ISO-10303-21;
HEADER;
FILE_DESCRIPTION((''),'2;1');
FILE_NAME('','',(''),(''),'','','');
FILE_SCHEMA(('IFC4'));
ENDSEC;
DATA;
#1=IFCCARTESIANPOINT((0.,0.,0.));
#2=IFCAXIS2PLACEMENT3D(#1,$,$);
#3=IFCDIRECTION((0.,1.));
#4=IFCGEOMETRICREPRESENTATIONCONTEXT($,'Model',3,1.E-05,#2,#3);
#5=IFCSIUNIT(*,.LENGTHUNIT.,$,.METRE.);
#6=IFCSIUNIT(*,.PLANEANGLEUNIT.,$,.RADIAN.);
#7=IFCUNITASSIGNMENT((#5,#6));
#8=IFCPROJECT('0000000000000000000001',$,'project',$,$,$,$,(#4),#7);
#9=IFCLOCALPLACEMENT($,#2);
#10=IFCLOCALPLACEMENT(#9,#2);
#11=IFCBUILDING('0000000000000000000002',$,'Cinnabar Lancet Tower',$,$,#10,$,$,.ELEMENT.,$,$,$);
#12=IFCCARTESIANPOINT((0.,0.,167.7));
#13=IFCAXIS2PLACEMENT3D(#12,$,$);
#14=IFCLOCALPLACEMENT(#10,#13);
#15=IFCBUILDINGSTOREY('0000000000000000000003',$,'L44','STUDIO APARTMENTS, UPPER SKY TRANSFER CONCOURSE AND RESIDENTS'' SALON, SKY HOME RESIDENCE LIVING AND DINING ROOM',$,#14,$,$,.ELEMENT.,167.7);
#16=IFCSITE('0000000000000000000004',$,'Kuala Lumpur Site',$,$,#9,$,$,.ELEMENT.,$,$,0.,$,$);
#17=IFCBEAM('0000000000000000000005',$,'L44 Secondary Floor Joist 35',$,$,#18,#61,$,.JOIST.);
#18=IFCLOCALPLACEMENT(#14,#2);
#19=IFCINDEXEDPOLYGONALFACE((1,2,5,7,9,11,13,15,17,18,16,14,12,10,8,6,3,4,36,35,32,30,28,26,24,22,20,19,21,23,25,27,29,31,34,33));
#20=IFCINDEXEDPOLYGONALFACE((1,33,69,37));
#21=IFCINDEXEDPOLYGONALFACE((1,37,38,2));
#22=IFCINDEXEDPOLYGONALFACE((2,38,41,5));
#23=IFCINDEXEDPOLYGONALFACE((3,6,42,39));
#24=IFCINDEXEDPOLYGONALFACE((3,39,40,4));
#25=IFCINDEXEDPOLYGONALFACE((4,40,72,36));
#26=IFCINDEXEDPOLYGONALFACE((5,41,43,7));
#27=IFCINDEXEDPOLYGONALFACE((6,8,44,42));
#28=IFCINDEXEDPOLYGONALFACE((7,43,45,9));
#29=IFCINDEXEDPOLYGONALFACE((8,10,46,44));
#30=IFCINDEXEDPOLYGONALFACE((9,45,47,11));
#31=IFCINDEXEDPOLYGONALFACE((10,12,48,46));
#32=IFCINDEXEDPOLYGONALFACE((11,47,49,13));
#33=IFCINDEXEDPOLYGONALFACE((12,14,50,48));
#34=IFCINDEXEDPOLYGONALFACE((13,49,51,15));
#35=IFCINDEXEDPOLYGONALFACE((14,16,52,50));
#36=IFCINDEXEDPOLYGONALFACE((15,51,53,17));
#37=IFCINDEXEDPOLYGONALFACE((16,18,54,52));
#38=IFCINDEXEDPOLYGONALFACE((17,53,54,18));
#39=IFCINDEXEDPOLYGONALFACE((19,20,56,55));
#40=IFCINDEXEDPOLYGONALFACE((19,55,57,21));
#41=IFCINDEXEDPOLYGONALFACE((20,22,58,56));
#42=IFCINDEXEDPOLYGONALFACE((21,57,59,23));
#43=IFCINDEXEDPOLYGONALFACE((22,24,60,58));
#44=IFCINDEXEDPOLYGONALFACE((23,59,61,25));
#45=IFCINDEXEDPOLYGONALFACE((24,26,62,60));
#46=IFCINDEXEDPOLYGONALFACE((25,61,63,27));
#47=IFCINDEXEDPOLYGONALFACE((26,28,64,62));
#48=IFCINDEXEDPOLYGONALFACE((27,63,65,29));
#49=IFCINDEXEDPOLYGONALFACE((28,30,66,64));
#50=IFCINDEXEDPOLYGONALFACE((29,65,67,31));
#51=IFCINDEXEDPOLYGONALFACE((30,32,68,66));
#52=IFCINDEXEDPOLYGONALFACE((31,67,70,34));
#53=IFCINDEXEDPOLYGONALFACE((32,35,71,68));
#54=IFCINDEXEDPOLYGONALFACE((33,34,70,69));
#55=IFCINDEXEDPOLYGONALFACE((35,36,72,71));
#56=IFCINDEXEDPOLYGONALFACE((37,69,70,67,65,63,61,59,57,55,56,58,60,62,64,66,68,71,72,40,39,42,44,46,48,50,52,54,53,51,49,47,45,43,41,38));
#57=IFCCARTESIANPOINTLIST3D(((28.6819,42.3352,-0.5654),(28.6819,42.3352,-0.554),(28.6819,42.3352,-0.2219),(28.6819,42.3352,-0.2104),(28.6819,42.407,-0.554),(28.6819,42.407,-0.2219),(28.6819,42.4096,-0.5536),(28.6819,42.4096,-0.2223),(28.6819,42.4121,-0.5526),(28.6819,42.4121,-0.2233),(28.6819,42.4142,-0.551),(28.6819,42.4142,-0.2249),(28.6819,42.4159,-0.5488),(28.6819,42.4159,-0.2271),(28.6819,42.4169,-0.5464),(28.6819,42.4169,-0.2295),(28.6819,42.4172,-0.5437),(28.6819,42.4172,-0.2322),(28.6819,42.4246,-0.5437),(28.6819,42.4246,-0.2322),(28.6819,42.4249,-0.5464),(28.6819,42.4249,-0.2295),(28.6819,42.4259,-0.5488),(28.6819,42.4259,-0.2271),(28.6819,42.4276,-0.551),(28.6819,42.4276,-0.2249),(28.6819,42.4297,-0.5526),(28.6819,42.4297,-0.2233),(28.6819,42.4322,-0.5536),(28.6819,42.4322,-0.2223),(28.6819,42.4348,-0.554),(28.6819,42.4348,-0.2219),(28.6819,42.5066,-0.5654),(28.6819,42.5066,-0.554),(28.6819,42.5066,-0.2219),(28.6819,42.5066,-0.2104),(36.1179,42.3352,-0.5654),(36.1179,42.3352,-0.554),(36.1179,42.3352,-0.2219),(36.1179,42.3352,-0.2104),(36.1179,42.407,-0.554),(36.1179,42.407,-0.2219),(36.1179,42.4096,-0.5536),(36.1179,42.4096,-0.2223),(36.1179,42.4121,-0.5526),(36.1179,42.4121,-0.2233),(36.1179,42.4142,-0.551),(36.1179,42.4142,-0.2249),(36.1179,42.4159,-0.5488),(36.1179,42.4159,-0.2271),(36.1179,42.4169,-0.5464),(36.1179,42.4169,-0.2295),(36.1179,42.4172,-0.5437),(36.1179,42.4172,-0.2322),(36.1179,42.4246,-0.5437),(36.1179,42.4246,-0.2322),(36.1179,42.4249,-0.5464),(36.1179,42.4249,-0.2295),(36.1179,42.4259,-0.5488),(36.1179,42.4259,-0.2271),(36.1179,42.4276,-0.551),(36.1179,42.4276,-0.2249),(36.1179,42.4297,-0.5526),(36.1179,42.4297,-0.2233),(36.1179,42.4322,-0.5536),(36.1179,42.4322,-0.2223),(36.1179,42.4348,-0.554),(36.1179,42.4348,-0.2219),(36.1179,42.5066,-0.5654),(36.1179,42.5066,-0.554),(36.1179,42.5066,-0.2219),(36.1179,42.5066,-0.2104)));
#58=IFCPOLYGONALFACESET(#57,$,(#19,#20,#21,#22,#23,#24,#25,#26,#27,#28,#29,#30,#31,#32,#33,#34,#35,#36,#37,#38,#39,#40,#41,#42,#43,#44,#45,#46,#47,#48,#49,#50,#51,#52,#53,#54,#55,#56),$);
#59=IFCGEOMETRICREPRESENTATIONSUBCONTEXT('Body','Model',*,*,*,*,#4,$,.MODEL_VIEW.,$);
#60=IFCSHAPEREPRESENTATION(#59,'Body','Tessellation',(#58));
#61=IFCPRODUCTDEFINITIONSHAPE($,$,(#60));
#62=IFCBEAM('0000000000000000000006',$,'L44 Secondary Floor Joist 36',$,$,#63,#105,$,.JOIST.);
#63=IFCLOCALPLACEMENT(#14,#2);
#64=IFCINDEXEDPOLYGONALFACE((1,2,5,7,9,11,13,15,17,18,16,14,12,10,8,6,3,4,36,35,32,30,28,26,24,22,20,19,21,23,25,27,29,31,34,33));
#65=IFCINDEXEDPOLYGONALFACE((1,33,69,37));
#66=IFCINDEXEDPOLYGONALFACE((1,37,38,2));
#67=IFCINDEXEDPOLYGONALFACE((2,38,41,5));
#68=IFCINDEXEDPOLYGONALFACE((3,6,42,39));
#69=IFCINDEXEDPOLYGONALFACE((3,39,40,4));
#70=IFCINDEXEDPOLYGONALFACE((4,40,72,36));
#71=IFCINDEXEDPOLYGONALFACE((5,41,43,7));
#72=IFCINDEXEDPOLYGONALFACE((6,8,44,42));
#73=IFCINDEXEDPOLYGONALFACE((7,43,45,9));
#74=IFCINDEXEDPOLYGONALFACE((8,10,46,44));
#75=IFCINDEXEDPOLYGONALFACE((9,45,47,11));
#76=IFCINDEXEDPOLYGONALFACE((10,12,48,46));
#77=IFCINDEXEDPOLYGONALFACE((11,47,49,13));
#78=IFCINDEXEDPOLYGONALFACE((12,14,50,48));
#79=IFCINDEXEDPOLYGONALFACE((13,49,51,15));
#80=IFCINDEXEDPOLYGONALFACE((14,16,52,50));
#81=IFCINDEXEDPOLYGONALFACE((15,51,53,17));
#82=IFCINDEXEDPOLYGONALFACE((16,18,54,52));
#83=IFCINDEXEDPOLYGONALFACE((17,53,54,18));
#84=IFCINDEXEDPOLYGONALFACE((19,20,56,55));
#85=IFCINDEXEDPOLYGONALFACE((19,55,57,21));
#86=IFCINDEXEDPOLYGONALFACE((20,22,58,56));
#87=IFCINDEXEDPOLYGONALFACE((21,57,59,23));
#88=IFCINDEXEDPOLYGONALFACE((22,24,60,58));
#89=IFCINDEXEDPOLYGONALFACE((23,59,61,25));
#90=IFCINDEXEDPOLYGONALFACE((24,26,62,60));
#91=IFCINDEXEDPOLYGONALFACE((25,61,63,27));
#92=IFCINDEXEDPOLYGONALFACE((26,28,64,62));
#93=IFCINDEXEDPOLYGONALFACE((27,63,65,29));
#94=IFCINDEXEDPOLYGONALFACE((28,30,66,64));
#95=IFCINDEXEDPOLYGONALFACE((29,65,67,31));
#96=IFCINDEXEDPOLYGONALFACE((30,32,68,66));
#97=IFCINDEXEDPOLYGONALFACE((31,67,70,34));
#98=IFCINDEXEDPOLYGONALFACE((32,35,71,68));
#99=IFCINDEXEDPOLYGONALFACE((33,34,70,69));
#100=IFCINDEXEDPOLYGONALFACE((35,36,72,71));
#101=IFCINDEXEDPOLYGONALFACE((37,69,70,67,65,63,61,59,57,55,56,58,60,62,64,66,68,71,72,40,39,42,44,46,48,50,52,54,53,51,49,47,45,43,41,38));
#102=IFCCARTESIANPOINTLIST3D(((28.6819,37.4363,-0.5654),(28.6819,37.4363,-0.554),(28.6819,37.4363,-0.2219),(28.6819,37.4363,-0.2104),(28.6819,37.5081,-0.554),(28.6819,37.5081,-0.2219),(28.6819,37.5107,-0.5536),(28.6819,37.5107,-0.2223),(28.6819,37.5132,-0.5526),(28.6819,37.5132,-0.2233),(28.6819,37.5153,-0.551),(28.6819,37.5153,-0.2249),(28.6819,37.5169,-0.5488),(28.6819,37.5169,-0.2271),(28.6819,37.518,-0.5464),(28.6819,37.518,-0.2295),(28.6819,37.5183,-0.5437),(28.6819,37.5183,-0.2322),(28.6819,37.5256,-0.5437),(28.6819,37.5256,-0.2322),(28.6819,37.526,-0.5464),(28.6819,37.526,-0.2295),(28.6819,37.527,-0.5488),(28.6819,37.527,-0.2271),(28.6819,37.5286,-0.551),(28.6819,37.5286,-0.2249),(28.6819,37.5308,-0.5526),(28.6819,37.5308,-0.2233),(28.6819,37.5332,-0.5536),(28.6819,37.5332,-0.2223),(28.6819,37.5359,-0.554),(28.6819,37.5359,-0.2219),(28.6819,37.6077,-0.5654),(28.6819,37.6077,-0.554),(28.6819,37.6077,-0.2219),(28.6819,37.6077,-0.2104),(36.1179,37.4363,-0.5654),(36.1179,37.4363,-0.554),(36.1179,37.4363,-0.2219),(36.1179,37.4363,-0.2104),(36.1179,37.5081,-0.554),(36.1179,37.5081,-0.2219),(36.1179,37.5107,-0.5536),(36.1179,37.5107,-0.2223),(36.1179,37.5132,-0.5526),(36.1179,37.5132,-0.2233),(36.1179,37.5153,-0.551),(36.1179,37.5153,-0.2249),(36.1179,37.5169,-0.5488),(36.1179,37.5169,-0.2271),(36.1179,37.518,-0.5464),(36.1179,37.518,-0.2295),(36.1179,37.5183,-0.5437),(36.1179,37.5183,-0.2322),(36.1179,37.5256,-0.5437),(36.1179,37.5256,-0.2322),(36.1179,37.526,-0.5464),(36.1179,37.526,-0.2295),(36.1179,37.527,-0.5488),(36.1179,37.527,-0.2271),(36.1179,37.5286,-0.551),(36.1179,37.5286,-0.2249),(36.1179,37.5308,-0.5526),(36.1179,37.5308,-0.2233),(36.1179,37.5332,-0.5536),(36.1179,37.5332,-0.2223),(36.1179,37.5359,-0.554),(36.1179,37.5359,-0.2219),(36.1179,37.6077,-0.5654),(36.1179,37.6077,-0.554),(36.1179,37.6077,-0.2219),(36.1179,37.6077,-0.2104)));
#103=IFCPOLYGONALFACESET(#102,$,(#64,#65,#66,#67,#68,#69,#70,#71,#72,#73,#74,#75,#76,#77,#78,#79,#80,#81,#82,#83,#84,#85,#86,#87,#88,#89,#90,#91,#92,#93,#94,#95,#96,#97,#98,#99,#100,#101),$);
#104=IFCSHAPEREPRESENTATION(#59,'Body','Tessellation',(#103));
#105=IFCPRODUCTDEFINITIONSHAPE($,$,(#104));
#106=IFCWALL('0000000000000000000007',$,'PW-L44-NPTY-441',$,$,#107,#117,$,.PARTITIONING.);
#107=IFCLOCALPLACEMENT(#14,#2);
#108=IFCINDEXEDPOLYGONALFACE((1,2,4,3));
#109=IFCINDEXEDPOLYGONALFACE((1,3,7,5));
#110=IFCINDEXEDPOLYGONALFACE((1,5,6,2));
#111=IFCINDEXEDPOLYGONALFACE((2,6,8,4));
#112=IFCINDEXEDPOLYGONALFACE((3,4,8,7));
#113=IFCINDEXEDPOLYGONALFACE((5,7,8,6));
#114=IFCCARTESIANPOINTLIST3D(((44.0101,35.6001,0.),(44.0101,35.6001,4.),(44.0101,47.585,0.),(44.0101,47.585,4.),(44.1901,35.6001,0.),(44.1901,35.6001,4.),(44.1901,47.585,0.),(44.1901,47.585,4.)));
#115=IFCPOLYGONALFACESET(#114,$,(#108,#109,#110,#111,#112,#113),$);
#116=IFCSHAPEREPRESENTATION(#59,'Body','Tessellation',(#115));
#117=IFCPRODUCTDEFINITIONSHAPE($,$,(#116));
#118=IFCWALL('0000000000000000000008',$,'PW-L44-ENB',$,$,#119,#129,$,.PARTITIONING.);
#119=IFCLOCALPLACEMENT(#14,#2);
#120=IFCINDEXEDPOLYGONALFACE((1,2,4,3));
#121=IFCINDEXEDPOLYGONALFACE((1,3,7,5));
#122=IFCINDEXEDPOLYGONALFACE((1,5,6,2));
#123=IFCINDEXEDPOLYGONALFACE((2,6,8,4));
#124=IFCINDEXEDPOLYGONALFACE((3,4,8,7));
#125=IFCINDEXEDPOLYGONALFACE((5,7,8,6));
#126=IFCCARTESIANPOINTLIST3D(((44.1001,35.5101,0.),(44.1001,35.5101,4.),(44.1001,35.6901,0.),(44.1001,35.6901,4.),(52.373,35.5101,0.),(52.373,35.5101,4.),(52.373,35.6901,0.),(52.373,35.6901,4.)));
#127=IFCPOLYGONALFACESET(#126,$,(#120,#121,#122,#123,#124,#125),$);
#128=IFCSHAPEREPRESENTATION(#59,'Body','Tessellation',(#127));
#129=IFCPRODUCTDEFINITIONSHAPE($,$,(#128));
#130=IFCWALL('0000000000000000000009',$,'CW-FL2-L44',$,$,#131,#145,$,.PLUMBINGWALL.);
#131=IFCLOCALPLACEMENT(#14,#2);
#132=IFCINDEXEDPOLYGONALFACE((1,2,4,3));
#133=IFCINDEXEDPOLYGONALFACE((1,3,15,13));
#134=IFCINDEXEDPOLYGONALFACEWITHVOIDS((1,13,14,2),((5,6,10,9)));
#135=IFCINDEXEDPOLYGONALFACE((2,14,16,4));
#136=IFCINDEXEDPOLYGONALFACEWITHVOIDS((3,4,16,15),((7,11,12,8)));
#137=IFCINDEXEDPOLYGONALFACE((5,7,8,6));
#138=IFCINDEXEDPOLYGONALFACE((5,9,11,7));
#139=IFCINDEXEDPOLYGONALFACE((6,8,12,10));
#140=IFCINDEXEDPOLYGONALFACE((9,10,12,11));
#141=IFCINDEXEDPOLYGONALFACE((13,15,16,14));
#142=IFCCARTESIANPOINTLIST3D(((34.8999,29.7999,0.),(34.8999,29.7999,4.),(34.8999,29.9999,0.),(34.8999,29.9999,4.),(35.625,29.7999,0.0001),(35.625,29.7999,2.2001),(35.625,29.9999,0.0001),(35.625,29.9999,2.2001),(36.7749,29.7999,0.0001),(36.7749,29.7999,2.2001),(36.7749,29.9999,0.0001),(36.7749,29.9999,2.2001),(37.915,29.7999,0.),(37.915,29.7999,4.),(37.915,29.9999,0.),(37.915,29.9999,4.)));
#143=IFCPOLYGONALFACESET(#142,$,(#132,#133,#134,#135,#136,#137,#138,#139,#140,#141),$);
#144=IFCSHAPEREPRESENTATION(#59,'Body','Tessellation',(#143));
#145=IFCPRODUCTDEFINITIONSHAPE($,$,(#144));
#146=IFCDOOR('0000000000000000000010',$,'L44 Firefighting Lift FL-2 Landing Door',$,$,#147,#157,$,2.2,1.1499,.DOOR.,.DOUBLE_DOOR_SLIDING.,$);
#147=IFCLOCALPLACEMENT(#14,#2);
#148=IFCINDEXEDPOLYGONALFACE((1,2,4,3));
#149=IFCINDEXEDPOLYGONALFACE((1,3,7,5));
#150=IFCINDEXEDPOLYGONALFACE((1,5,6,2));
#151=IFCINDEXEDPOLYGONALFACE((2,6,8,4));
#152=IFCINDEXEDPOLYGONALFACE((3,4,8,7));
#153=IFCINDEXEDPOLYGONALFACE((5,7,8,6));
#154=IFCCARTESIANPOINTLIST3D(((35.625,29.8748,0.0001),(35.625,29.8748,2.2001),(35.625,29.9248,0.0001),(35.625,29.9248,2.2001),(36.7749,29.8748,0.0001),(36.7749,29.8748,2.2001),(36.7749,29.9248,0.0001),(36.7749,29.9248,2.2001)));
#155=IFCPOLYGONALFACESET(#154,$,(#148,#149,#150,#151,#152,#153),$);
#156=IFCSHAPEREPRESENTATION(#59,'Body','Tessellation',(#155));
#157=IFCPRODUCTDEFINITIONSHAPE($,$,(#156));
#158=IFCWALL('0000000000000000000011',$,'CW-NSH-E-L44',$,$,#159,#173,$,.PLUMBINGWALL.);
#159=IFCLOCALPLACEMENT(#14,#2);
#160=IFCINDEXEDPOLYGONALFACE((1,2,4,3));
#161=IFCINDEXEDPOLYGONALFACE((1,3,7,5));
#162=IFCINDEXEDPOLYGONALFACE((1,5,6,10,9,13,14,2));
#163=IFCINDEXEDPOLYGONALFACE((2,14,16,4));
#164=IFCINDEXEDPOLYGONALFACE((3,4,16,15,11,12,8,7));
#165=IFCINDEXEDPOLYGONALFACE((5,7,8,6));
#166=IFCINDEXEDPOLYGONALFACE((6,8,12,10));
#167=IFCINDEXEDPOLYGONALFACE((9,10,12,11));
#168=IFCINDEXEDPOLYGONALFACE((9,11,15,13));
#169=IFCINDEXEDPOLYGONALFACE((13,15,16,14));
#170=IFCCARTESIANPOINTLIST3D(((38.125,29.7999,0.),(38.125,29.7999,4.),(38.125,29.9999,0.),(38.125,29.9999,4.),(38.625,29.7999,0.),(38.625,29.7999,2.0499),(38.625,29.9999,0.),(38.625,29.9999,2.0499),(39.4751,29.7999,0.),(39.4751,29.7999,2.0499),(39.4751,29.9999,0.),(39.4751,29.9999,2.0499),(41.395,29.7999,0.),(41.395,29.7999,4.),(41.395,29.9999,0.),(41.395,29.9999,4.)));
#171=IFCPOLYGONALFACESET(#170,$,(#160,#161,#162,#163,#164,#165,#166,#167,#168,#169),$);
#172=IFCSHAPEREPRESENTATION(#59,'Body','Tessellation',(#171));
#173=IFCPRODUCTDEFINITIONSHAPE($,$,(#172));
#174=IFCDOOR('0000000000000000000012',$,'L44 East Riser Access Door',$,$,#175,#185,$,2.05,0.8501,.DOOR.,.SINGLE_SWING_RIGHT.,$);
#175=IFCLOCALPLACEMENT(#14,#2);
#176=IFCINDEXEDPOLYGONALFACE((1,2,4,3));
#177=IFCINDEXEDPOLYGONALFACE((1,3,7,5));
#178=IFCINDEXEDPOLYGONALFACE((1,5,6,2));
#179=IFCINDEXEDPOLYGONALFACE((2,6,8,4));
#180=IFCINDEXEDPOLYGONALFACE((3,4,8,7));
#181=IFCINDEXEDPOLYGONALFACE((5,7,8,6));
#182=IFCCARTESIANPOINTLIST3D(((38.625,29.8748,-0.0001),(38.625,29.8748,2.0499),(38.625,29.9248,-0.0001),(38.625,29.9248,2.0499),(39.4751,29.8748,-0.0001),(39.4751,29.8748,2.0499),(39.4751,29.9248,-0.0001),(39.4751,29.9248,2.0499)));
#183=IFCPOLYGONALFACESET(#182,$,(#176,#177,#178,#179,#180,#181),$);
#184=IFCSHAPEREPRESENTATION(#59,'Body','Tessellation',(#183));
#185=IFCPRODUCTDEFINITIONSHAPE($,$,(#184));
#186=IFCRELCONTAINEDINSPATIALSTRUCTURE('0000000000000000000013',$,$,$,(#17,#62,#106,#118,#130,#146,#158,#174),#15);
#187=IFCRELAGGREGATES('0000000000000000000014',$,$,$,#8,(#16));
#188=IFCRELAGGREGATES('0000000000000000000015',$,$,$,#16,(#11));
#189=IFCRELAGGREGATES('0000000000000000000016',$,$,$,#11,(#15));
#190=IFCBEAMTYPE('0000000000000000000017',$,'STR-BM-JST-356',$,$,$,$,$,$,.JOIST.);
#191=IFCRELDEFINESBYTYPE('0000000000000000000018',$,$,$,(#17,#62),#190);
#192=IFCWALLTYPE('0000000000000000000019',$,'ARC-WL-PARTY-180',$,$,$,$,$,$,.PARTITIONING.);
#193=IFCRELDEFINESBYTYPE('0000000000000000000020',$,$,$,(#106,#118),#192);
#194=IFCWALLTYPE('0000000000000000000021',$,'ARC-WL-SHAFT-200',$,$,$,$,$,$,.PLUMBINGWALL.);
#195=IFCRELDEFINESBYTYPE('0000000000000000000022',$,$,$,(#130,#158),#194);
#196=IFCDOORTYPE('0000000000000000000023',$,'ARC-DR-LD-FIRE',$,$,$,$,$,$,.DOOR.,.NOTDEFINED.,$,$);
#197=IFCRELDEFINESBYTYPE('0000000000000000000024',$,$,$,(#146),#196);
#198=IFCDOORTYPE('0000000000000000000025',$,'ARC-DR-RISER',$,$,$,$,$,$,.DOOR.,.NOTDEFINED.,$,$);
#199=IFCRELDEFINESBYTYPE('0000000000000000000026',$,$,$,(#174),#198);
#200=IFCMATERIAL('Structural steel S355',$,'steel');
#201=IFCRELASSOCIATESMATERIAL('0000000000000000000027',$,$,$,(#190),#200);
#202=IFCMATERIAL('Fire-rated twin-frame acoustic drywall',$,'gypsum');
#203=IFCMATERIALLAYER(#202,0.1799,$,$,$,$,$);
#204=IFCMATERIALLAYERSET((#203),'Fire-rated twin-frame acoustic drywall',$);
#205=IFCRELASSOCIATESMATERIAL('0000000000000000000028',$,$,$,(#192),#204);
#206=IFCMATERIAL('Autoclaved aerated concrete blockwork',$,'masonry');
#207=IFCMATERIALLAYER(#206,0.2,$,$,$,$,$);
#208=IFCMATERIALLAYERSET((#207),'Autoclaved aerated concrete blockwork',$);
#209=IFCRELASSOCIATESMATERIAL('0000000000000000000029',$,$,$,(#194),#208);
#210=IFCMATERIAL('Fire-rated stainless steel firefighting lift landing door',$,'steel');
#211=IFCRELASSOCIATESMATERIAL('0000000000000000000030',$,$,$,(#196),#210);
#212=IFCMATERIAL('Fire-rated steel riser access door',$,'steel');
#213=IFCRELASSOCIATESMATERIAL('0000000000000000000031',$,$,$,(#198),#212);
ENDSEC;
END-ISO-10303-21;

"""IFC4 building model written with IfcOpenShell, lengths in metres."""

from ifc_helpers import new_model, si_unit, direction, frame, frame_2d, origin, origin_2d, place, context, subcontext, project, spatial, rectangle, i_section, extrude, material, layer, layer_set, material_profile, profile_set, type_object, element, fill, save


model = new_model("IFC4")

# Units and contexts
model_context = context("Model", 3, precision=1e-05, world=origin(), true_north=direction((0.0, 1.0)))
body_context = subcontext(model_context, "Body", "Model", "MODEL_VIEW")
ifc_project = project(units=[si_unit("LENGTHUNIT", "METRE"), si_unit("PLANEANGLEUNIT", "RADIAN")], contexts=[model_context])

# Site, building, storey
site_placement = place(None, origin())
site = spatial("IfcSite", under=ifc_project, at=site_placement, Name="Kuala Lumpur Site", CompositionType="ELEMENT", RefElevation=0.0)
building_placement = place(site_placement, origin())
building = spatial("IfcBuilding", under=site, at=building_placement, Name="Cinnabar Lancet Tower", CompositionType="ELEMENT")
storey_placement = place(building_placement, frame((0.0, 0.0, 167.7)))
storey = spatial("IfcBuildingStorey", under=building, at=storey_placement, Name="L44", Description="STUDIO APARTMENTS, UPPER SKY TRANSFER CONCOURSE AND RESIDENTS' SALON, SKY HOME RESIDENCE LIVING AND DINING ROOM", CompositionType="ELEMENT", Elevation=167.7)

# Beams
ifc_material_1 = material(Name="Structural steel S355", Category="steel")
ifc_material_profile_1 = material_profile(ifc_material_1, i_section(OverallWidth=0.1714, OverallDepth=0.355, WebThickness=0.0073, FlangeThickness=0.0115, FilletRadius=0.0103, at=origin_2d()), Name="UKB 356x171x51")
ifc_profile_set_1 = profile_set([ifc_material_profile_1], Name="Structural steel S355")
beam_type_1 = type_object("IfcBeamType", Name="STR-BM-JST-356", PredefinedType="JOIST", material=ifc_profile_set_1)
for number, where, z_axis, x_axis, name in (
    (1, (36.1179, 42.4209, -0.3879), (-1.0, 0.0, 0.0), (0.0, -1.0, 0.0), "L44 Secondary Floor Joist 35"),
    (2, (36.1179, 37.522, -0.3879), (-1.0, 0.0, 0.0), (0.0, -1.0, 0.0), "L44 Secondary Floor Joist 36"),
):
    element("IfcBeam", number, at=place(storey_placement, frame(where, z_axis=z_axis, x_axis=x_axis)), inside=storey, type_object=beam_type_1, Name=name, PredefinedType="JOIST", context=body_context, shape_type="SweptSolid", body=[
        extrude(i_section(OverallWidth=0.1714, OverallDepth=0.355, WebThickness=0.0073, FlangeThickness=0.0115, FilletRadius=0.0103, at=origin_2d()), origin(), (0.0, 0.0, 1.0), 7.436),
    ])

# Walls
ifc_material_2 = material(Name="Fire-rated twin-frame acoustic drywall", Category="gypsum")
ifc_layer_1 = layer(ifc_material_2, 0.1799)
ifc_layer_set_1 = layer_set([ifc_layer_1], Name="Fire-rated twin-frame acoustic drywall")
wall_type_1 = type_object("IfcWallType", Name="ARC-WL-PARTY-180", PredefinedType="PARTITIONING", material=ifc_layer_set_1)
wall_1_placement = place(storey_placement, frame((44.1001, 35.6001, 0.0), z_axis=(0.0, 0.0, 1.0), x_axis=(0.0, 1.0, 0.0)))
element("IfcWall", 3, at=wall_1_placement, inside=storey, type_object=wall_type_1, Name="PW-L44-NPTY-441", PredefinedType="PARTITIONING", context=body_context, shape_type="SweptSolid", body=[
    extrude(rectangle(XDim=11.9849, YDim=0.1799, at=frame_2d((5.9924, 0.0))), origin(), (0.0, 0.0, 1.0), 4.0),
])
wall_2_placement = place(storey_placement, frame((44.1001, 35.6001, 0.0), z_axis=(0.0, 0.0, 1.0), x_axis=(1.0, 0.0, 0.0)))
element("IfcWall", 4, at=wall_2_placement, inside=storey, type_object=wall_type_1, Name="PW-L44-ENB", PredefinedType="PARTITIONING", context=body_context, shape_type="SweptSolid", body=[
    extrude(rectangle(XDim=8.2729, YDim=0.1799, at=frame_2d((4.1365, 0.0))), origin(), (0.0, 0.0, 1.0), 4.0),
])

# Walls, openings, doors
ifc_material_3 = material(Name="Autoclaved aerated concrete blockwork", Category="masonry")
ifc_layer_2 = layer(ifc_material_3, 0.2)
ifc_layer_set_2 = layer_set([ifc_layer_2], Name="Autoclaved aerated concrete blockwork")
wall_type_2 = type_object("IfcWallType", Name="ARC-WL-SHAFT-200", PredefinedType="PLUMBINGWALL", material=ifc_layer_set_2)
wall_3_placement = place(storey_placement, frame((34.8999, 29.8999, 0.0), z_axis=(0.0, 0.0, 1.0), x_axis=(1.0, 0.0, 0.0)))
wall_3 = element("IfcWall", 5, at=wall_3_placement, inside=storey, type_object=wall_type_2, Name="CW-FL2-L44", PredefinedType="PLUMBINGWALL", context=body_context, shape_type="SweptSolid", body=[
    extrude(rectangle(XDim=3.0151, YDim=0.2, at=frame_2d((1.5076, 0.0))), origin(), (0.0, 0.0, 1.0), 4.0),
])
opening_1_placement = place(wall_3_placement, frame((0.7251, 0.0, 0.0)))
opening_1 = element("IfcOpeningElement", 6, at=opening_1_placement, cuts=wall_3, PredefinedType="OPENING", context=body_context, shape_type="SweptSolid", body=[
    extrude(rectangle(XDim=1.1499, YDim=2.2, at=frame_2d((0.575, 1.1001))), frame((0.0, 0.1099, 0.0), z_axis=(0.0, -1.0, 0.0), x_axis=(1.0, 0.0, 0.0)), (0.0, 0.0, 1.0), 0.22),
])
ifc_material_4 = material(Name="Fire-rated stainless steel firefighting lift landing door", Category="steel")
door_type_1 = type_object("IfcDoorType", Name="ARC-DR-LD-FIRE", OperationType="NOTDEFINED", PredefinedType="DOOR", material=ifc_material_4)
door_1_placement = place(opening_1_placement, origin())
door_1 = element("IfcDoor", 7, at=door_1_placement, inside=storey, type_object=door_type_1, Name="L44 Firefighting Lift FL-2 Landing Door", OperationType="DOUBLE_DOOR_SLIDING", OverallHeight=2.2, OverallWidth=1.1499, PredefinedType="DOOR", context=body_context, shape_type="SweptSolid", body=[
    extrude(rectangle(XDim=1.1499, YDim=2.2, at=frame_2d((0.575, 1.1001))), frame((0.0, 0.0249, 0.0), z_axis=(0.0, -1.0, 0.0), x_axis=(1.0, 0.0, 0.0)), (0.0, 0.0, 1.0), 0.05),
])
fill(opening_1, door_1)
wall_4_placement = place(storey_placement, frame((38.125, 29.8999, 0.0), z_axis=(0.0, 0.0, 1.0), x_axis=(1.0, 0.0, 0.0)))
wall_4 = element("IfcWall", 8, at=wall_4_placement, inside=storey, type_object=wall_type_2, Name="CW-NSH-E-L44", PredefinedType="PLUMBINGWALL", context=body_context, shape_type="SweptSolid", body=[
    extrude(rectangle(XDim=3.27, YDim=0.2, at=frame_2d((1.635, 0.0))), origin(), (0.0, 0.0, 1.0), 4.0),
])
opening_2_placement = place(wall_4_placement, frame((0.5, 0.0, 0.0)))
opening_2 = element("IfcOpeningElement", 9, at=opening_2_placement, cuts=wall_4, PredefinedType="OPENING", context=body_context, shape_type="SweptSolid", body=[
    extrude(rectangle(XDim=0.8501, YDim=2.05, at=frame_2d((0.425, 1.0249))), frame((0.0, 0.1099, 0.0), z_axis=(0.0, -1.0, 0.0), x_axis=(1.0, 0.0, 0.0)), (0.0, 0.0, 1.0), 0.22),
])
ifc_material_5 = material(Name="Fire-rated steel riser access door", Category="steel")
door_type_2 = type_object("IfcDoorType", Name="ARC-DR-RISER", OperationType="NOTDEFINED", PredefinedType="DOOR", material=ifc_material_5)
door_2_placement = place(opening_2_placement, origin())
door_2 = element("IfcDoor", 10, at=door_2_placement, inside=storey, type_object=door_type_2, Name="L44 East Riser Access Door", OperationType="SINGLE_SWING_RIGHT", OverallHeight=2.05, OverallWidth=0.8501, PredefinedType="DOOR", context=body_context, shape_type="SweptSolid", body=[
    extrude(rectangle(XDim=0.8501, YDim=2.05, at=frame_2d((0.425, 1.0249))), frame((0.0, 0.0249, 0.0), z_axis=(0.0, -1.0, 0.0), x_axis=(1.0, 0.0, 0.0)), (0.0, 0.0, 1.0), 0.05),
])
fill(opening_2, door_2)

save(model, "model.ifc")
